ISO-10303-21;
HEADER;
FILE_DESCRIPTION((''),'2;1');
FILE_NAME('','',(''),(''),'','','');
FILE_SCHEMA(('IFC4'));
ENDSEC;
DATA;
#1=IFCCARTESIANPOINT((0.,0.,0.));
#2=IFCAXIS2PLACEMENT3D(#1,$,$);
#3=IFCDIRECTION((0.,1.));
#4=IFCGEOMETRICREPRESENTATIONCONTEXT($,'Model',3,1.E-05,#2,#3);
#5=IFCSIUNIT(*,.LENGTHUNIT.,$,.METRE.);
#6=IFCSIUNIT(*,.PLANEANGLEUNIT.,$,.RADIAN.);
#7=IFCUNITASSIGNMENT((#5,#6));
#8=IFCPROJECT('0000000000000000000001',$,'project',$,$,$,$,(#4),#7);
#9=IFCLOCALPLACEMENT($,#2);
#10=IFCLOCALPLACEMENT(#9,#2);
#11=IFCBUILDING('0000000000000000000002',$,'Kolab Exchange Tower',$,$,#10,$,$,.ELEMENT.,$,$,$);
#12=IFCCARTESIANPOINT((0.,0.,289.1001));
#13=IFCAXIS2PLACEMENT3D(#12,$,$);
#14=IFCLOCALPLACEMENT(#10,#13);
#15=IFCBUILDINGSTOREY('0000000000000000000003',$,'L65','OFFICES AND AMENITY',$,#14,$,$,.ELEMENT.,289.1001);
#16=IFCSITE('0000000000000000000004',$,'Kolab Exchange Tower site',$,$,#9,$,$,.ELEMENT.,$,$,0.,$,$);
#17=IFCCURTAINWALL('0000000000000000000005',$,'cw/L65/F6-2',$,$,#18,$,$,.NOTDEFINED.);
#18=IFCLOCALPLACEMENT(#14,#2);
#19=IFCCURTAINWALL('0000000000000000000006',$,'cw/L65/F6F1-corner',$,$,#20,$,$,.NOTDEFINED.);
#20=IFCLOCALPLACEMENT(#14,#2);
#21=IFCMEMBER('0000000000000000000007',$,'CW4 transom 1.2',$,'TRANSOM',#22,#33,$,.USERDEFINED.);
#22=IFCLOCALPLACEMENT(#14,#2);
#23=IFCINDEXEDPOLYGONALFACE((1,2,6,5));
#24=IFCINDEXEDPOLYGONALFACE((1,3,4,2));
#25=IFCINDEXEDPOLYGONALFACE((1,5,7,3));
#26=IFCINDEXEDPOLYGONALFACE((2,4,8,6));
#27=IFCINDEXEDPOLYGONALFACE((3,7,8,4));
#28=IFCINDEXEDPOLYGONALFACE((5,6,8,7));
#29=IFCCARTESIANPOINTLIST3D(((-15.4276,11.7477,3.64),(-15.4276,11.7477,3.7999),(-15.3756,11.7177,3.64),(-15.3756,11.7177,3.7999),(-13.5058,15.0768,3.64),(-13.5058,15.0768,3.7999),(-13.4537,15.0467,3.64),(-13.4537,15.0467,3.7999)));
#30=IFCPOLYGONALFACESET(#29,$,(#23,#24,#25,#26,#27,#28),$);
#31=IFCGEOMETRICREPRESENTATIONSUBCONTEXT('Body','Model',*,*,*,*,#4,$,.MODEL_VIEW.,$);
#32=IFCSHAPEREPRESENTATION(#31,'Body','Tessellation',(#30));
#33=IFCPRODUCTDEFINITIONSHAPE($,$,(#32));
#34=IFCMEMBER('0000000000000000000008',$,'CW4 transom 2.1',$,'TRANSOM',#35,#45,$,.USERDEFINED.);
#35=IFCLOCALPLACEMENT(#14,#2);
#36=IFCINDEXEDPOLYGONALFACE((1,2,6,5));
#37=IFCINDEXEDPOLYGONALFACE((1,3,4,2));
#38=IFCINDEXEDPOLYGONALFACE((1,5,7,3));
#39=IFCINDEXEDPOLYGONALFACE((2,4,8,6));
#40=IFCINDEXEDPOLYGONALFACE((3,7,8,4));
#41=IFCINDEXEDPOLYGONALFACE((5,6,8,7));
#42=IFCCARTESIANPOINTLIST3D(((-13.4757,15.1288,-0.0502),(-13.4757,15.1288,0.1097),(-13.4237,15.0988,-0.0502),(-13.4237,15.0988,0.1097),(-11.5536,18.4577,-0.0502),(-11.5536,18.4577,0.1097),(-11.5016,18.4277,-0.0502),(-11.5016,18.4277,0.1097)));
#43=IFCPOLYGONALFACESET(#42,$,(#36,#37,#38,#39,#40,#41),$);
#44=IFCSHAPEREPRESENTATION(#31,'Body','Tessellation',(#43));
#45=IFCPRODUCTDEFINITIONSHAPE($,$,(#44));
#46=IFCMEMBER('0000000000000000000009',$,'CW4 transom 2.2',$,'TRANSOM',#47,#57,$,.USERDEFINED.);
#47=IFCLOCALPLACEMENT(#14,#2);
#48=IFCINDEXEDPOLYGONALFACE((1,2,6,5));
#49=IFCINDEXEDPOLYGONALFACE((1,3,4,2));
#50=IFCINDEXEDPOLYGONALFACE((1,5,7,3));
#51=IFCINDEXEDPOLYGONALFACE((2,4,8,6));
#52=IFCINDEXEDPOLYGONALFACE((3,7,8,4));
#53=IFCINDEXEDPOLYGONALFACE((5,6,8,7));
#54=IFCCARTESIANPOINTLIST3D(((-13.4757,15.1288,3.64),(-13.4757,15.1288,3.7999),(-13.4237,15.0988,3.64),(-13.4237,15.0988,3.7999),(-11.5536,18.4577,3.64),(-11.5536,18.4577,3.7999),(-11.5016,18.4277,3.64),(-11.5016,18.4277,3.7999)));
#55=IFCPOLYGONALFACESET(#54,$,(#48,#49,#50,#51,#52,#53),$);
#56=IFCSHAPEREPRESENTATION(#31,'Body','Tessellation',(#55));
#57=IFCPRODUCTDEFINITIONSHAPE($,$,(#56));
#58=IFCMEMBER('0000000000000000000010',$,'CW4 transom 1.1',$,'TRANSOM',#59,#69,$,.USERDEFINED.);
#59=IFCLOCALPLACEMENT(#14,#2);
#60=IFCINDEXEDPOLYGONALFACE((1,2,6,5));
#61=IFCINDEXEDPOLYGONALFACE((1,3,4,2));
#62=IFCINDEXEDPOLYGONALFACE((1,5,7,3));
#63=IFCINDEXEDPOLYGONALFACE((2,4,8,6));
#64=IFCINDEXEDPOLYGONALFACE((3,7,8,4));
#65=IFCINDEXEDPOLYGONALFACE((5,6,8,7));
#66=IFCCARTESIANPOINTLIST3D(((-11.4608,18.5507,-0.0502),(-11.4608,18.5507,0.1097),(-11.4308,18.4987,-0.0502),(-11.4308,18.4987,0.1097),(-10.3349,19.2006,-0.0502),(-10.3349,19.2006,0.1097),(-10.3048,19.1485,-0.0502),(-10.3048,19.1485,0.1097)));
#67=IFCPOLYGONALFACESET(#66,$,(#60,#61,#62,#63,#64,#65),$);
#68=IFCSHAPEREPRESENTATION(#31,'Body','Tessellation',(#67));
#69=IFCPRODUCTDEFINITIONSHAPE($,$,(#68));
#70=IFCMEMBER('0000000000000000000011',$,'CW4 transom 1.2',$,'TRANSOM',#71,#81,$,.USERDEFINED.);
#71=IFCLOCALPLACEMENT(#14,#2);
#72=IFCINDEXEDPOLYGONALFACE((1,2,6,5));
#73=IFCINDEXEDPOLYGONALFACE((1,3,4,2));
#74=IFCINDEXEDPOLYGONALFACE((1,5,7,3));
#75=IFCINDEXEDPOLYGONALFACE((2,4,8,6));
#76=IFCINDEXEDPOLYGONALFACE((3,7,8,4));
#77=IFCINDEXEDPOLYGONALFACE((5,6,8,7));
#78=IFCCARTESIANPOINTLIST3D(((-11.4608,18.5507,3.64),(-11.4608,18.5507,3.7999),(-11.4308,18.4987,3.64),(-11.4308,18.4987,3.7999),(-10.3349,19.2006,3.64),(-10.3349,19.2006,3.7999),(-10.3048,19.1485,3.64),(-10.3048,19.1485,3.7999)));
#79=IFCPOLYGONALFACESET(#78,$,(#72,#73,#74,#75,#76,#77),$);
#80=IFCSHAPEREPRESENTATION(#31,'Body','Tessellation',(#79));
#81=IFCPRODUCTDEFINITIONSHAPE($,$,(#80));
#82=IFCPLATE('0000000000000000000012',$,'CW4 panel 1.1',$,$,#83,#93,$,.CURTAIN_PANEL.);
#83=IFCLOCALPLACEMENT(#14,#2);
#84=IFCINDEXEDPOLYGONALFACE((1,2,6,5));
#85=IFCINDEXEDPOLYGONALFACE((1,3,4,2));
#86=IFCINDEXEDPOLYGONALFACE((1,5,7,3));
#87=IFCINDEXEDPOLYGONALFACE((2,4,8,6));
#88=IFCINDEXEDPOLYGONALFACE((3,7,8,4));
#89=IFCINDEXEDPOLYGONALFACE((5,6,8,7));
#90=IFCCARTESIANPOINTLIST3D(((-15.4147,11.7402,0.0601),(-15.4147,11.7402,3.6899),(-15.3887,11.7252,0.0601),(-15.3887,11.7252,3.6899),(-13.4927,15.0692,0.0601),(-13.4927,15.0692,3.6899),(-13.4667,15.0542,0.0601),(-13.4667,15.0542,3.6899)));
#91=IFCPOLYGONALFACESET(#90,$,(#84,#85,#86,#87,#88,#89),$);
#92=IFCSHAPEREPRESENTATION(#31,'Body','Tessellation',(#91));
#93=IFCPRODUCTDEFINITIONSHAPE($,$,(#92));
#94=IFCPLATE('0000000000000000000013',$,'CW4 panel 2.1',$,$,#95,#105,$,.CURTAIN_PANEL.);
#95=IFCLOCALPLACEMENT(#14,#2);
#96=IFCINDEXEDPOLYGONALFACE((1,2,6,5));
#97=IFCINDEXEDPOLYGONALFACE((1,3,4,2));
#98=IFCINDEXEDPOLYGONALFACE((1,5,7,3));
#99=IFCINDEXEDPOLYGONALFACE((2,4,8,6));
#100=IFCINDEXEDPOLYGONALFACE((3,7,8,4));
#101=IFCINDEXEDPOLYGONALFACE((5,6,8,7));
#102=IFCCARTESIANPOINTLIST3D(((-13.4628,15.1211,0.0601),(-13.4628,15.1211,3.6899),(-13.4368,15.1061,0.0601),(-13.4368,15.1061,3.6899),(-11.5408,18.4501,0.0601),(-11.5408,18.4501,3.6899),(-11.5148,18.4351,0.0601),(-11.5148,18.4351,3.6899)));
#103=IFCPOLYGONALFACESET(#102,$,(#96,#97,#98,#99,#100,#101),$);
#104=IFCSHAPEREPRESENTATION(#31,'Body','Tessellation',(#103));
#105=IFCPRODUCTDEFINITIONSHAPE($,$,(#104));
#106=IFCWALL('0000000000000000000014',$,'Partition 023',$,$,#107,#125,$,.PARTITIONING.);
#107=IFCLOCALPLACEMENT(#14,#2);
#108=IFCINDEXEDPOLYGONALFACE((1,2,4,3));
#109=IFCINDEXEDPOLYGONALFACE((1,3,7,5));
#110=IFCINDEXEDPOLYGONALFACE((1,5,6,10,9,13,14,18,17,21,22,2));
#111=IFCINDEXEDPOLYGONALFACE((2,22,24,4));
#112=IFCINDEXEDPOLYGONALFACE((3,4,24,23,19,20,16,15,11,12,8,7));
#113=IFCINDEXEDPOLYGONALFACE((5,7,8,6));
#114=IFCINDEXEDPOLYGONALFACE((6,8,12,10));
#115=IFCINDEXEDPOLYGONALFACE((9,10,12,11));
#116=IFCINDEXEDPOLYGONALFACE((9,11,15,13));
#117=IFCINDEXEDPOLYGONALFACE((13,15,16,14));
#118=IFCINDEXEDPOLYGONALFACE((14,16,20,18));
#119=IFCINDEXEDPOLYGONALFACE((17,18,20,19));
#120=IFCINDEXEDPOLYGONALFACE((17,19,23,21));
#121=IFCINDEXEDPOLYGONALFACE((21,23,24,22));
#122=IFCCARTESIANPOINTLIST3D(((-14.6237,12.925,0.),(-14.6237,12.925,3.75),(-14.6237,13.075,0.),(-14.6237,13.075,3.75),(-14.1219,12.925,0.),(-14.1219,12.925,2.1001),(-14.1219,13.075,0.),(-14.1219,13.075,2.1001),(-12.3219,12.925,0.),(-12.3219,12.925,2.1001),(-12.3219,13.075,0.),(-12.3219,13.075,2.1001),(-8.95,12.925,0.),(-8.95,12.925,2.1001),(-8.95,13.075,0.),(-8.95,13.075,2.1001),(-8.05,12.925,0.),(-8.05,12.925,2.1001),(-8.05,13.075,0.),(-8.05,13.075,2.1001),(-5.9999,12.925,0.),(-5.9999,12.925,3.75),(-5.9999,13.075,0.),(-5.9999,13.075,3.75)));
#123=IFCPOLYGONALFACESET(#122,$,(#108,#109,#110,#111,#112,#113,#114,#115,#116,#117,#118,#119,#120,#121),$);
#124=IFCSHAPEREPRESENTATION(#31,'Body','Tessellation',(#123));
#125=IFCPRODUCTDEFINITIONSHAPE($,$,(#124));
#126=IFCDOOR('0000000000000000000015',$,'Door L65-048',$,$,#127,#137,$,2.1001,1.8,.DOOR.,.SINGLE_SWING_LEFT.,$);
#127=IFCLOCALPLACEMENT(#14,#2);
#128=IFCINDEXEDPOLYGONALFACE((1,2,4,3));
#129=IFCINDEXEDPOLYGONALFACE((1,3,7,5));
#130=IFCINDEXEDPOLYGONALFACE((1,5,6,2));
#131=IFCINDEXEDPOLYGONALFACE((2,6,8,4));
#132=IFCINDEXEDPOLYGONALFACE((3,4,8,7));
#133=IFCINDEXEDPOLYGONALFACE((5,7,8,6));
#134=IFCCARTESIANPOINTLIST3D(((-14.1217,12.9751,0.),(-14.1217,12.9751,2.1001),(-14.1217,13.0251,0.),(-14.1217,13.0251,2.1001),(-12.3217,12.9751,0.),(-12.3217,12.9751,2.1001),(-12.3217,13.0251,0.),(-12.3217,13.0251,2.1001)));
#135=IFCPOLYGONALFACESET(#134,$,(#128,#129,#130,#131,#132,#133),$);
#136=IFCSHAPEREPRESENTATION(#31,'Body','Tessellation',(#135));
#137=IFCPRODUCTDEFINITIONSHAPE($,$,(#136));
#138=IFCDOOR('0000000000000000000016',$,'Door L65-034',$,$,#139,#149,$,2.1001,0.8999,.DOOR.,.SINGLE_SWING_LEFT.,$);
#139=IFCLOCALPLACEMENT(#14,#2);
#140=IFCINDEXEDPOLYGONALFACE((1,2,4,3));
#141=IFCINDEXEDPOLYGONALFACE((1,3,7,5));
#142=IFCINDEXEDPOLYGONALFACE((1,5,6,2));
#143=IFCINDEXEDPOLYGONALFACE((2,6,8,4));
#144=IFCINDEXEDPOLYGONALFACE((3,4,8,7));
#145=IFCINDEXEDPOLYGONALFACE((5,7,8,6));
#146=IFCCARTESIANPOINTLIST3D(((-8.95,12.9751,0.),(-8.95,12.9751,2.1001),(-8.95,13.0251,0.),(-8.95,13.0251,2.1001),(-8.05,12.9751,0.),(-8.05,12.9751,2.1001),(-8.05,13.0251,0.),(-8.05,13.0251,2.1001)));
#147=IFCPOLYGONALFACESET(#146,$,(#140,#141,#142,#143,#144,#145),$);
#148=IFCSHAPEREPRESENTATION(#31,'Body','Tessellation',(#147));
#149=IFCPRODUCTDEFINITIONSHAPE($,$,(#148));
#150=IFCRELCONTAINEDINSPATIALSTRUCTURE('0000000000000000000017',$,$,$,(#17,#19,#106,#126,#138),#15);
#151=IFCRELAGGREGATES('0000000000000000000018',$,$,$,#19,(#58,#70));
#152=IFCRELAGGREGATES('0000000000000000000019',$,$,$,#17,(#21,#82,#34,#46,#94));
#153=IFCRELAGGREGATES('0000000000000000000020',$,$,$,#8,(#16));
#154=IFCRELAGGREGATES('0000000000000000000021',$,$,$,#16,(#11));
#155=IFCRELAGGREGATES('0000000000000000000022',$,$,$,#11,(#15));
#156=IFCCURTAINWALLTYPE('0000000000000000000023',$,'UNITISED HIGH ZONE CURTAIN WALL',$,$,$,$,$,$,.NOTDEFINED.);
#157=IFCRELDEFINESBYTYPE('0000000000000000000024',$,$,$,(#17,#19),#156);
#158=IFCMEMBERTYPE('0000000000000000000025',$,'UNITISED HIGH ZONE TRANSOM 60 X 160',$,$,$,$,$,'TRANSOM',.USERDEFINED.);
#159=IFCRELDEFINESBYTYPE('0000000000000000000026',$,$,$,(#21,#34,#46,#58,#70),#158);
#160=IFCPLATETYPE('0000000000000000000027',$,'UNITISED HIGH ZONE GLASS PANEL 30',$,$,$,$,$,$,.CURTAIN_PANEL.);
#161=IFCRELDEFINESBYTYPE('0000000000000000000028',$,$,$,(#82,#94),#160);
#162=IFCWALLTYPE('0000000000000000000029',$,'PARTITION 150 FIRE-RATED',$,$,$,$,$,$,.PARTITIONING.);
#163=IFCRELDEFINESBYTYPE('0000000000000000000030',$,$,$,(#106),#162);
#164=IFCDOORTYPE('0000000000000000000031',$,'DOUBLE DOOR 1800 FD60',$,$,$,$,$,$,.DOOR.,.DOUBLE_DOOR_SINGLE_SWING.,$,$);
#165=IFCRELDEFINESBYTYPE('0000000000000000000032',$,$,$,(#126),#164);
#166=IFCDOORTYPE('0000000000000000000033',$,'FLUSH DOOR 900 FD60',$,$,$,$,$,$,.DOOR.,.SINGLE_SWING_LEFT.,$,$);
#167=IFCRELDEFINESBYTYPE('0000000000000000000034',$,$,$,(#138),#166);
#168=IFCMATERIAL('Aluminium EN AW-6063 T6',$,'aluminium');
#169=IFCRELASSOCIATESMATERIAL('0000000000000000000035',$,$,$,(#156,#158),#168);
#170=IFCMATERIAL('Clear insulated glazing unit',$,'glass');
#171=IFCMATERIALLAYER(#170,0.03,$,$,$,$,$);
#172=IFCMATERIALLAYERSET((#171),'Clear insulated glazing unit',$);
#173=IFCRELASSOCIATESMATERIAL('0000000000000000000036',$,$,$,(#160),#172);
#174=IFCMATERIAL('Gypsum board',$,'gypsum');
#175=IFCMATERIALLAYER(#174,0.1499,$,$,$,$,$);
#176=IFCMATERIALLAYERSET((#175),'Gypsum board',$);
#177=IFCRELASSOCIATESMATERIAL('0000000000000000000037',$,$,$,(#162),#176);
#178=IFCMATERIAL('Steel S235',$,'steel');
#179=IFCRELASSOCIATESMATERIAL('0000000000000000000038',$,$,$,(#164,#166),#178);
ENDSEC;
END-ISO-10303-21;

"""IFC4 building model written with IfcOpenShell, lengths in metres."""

from ifc_helpers import new_model, si_unit, direction, frame, frame_2d, origin, origin_2d, place, context, subcontext, project, spatial, rectangle, extrude, material, layer, layer_set, material_profile, profile_set, type_object, element, fill, aggregate, save


model = new_model("IFC4")

# Units and contexts
model_context = context("Model", 3, precision=1e-05, world=origin(), true_north=direction((0.0, 1.0)))
body_context = subcontext(model_context, "Body", "Model", "MODEL_VIEW")
ifc_project = project(units=[si_unit("LENGTHUNIT", "METRE"), si_unit("PLANEANGLEUNIT", "RADIAN")], contexts=[model_context])

# Site, building, storey
site_placement = place(None, origin())
site = spatial("IfcSite", under=ifc_project, at=site_placement, Name="Kolab Exchange Tower site", CompositionType="ELEMENT", RefElevation=0.0)
building_placement = place(site_placement, origin())
building = spatial("IfcBuilding", under=site, at=building_placement, Name="Kolab Exchange Tower", CompositionType="ELEMENT")
storey_placement = place(building_placement, frame((0.0, 0.0, 289.1001)))
storey = spatial("IfcBuildingStorey", under=building, at=storey_placement, Name="L65", Description="OFFICES AND AMENITY", CompositionType="ELEMENT", Elevation=289.1001)

# Curtain wall
ifc_material_1 = material(Name="Aluminium EN AW-6063 T6", Category="aluminium")
curtain_wall_type = type_object("IfcCurtainWallType", Name="UNITISED HIGH ZONE CURTAIN WALL", PredefinedType="NOTDEFINED", material=ifc_material_1)
curtain_wall_1_placement = place(storey_placement, origin())
curtain_wall_1 = element("IfcCurtainWall", 1, at=curtain_wall_1_placement, inside=storey, type_object=curtain_wall_type, Name="cw/L65/F6-2", PredefinedType="NOTDEFINED")

# Curtain wall
curtain_wall_2_placement = place(storey_placement, origin())
curtain_wall_2 = element("IfcCurtainWall", 2, at=curtain_wall_2_placement, inside=storey, type_object=curtain_wall_type, Name="cw/L65/F6F1-corner", PredefinedType="NOTDEFINED")

# Members
ifc_material_profile_1 = material_profile(ifc_material_1, rectangle(XDim=0.0601, YDim=0.1599, at=origin_2d()), Name="RECT 60X160")
ifc_profile_set_1 = profile_set([ifc_material_profile_1], Name="Aluminium EN AW-6063 T6")
member_type_1 = type_object("IfcMemberType", Name="UNITISED HIGH ZONE TRANSOM 60 X 160", ElementType="TRANSOM", PredefinedType="USERDEFINED", material=ifc_profile_set_1)
member_1_placement = place(storey_placement, frame((-15.4016, 11.7327, 3.72), z_axis=(0.499964, 0.866046, 0.0), x_axis=(-0.866046, 0.499964, 0.0)))
member_1 = element("IfcMember", 3, at=member_1_placement, type_object=member_type_1, Name="CW4 transom 1.2", ObjectType="TRANSOM", PredefinedType="USERDEFINED", context=body_context, shape_type="SweptSolid", body=[
    extrude(rectangle(XDim=0.0601, YDim=0.1599, at=origin_2d()), origin(), (0.0, 0.0, 1.0), 3.844),
])
member_2_placement = place(storey_placement, frame((-13.4497, 15.1138, 0.0298), z_axis=(0.500039, 0.866003, 0.0), x_axis=(-0.866003, 0.500039, 0.0)))
member_2 = element("IfcMember", 4, at=member_2_placement, type_object=member_type_1, Name="CW4 transom 2.1", ObjectType="TRANSOM", PredefinedType="USERDEFINED", context=body_context, shape_type="SweptSolid", body=[
    extrude(rectangle(XDim=0.0601, YDim=0.1599, at=origin_2d()), origin(), (0.0, 0.0, 1.0), 3.844),
])
member_3_placement = place(storey_placement, frame((-13.4497, 15.1138, 3.72), z_axis=(0.500039, 0.866003, 0.0), x_axis=(-0.866003, 0.500039, 0.0)))
member_3 = element("IfcMember", 5, at=member_3_placement, type_object=member_type_1, Name="CW4 transom 2.2", ObjectType="TRANSOM", PredefinedType="USERDEFINED", context=body_context, shape_type="SweptSolid", body=[
    extrude(rectangle(XDim=0.0601, YDim=0.1599, at=origin_2d()), origin(), (0.0, 0.0, 1.0), 3.844),
])
member_4_placement = place(storey_placement, frame((-11.4458, 18.5247, 0.0298), z_axis=(0.866086, 0.499896, 0.0), x_axis=(-0.499896, 0.866086, 0.0)))
member_4 = element("IfcMember", 6, at=member_4_placement, type_object=member_type_1, Name="CW4 transom 1.1", ObjectType="TRANSOM", PredefinedType="USERDEFINED", context=body_context, shape_type="SweptSolid", body=[
    extrude(rectangle(XDim=0.0601, YDim=0.1599, at=origin_2d()), origin(), (0.0, 0.0, 1.0), 1.3),
])
member_5_placement = place(storey_placement, frame((-11.4458, 18.5247, 3.72), z_axis=(0.866086, 0.499896, 0.0), x_axis=(-0.499896, 0.866086, 0.0)))
member_5 = element("IfcMember", 7, at=member_5_placement, type_object=member_type_1, Name="CW4 transom 1.2", ObjectType="TRANSOM", PredefinedType="USERDEFINED", context=body_context, shape_type="SweptSolid", body=[
    extrude(rectangle(XDim=0.0601, YDim=0.1599, at=origin_2d()), origin(), (0.0, 0.0, 1.0), 1.3),
])
aggregate(curtain_wall_2, [member_4, member_5])

# Plates
ifc_material_2 = material(Name="Clear insulated glazing unit", Category="glass")
ifc_layer_1 = layer(ifc_material_2, 0.03)
ifc_layer_set_1 = layer_set([ifc_layer_1], Name="Clear insulated glazing unit")
plate_type = type_object("IfcPlateType", Name="UNITISED HIGH ZONE GLASS PANEL 30", PredefinedType="CURTAIN_PANEL", material=ifc_layer_set_1)
plate_1_placement = place(storey_placement, frame((-14.4407, 13.3972, 0.0601), z_axis=(0.0, 0.0, 1.0), x_axis=(0.5, 0.866025, 0.0)))
plate_1 = element("IfcPlate", 8, at=plate_1_placement, type_object=plate_type, Name="CW4 panel 1.1", PredefinedType="CURTAIN_PANEL", context=body_context, shape_type="SweptSolid", body=[
    extrude(rectangle(XDim=3.844, YDim=0.03, at=origin_2d()), origin(), (0.0, 0.0, 1.0), 3.6299),
])
plate_2_placement = place(storey_placement, frame((-12.4888, 16.7781, 0.0601), z_axis=(0.0, 0.0, 1.0), x_axis=(0.5, 0.866025, 0.0)))
plate_2 = element("IfcPlate", 9, at=plate_2_placement, type_object=plate_type, Name="CW4 panel 2.1", PredefinedType="CURTAIN_PANEL", context=body_context, shape_type="SweptSolid", body=[
    extrude(rectangle(XDim=3.844, YDim=0.03, at=origin_2d()), origin(), (0.0, 0.0, 1.0), 3.6299),
])
aggregate(curtain_wall_1, [member_1, plate_1, member_2, member_3, plate_2])

# Wall, openings, doors
ifc_material_3 = material(Name="Gypsum board", Category="gypsum")
ifc_layer_2 = layer(ifc_material_3, 0.1499)
ifc_layer_set_2 = layer_set([ifc_layer_2], Name="Gypsum board")
wall_type = type_object("IfcWallType", Name="PARTITION 150 FIRE-RATED", PredefinedType="PARTITIONING", material=ifc_layer_set_2)
wall_1_placement = place(storey_placement, frame((-14.6238, 13.0, 0.0), z_axis=(0.0, 0.0, 1.0), x_axis=(1.0, 0.0, 0.0)))
wall_1 = element("IfcWall", 10, at=wall_1_placement, inside=storey, type_object=wall_type, Name="Partition 023", PredefinedType="PARTITIONING", context=body_context, shape_type="SweptSolid", body=[
    extrude(rectangle(XDim=8.6238, YDim=0.1499, at=frame_2d((4.312, 0.0))), origin(), (0.0, 0.0, 1.0), 3.75),
])
opening_1_placement = place(wall_1_placement, frame((5.6738, 0.0, 0.0)))
opening_1 = element("IfcOpeningElement", 11, at=opening_1_placement, cuts=wall_1, PredefinedType="OPENING", context=body_context, shape_type="SweptSolid", body=[
    extrude(rectangle(XDim=0.8999, YDim=2.1001, at=frame_2d((0.45, 1.05))), frame((0.0, 0.085, 0.0), z_axis=(0.0, -1.0, 0.0), x_axis=(1.0, 0.0, 0.0)), (0.0, 0.0, 1.0), 0.1699),
])
opening_2_placement = place(wall_1_placement, frame((0.502, 0.0, 0.0)))
opening_2 = element("IfcOpeningElement", 12, at=opening_2_placement, cuts=wall_1, PredefinedType="OPENING", context=body_context, shape_type="SweptSolid", body=[
    extrude(rectangle(XDim=1.8, YDim=2.1001, at=frame_2d((0.8999, 1.05))), frame((0.0, 0.085, 0.0), z_axis=(0.0, -1.0, 0.0), x_axis=(1.0, 0.0, 0.0)), (0.0, 0.0, 1.0), 0.1699),
])
ifc_material_4 = material(Name="Steel S235", Category="steel")
door_type_1 = type_object("IfcDoorType", Name="DOUBLE DOOR 1800 FD60", OperationType="DOUBLE_DOOR_SINGLE_SWING", PredefinedType="DOOR", material=ifc_material_4)
door_1_placement = place(opening_2_placement, frame((1.8, 0.0, 0.0), z_axis=(0.0, 0.0, 1.0), x_axis=(-1.0, 0.0, 0.0)))
door_1 = element("IfcDoor", 13, at=door_1_placement, inside=storey, type_object=door_type_1, Name="Door L65-048", OperationType="SINGLE_SWING_LEFT", OverallHeight=2.1001, OverallWidth=1.8, PredefinedType="DOOR", context=body_context, shape_type="SweptSolid", body=[
    extrude(rectangle(XDim=1.8, YDim=2.1001, at=frame_2d((0.8999, 1.05))), frame((0.0, 0.0249, 0.0), z_axis=(0.0, -1.0, 0.0), x_axis=(1.0, 0.0, 0.0)), (0.0, 0.0, 1.0), 0.05),
])
fill(opening_2, door_1)
door_type_2 = type_object("IfcDoorType", Name="FLUSH DOOR 900 FD60", OperationType="SINGLE_SWING_LEFT", PredefinedType="DOOR", material=ifc_material_4)
door_2_placement = place(opening_1_placement, frame((0.8999, 0.0, 0.0), z_axis=(0.0, 0.0, 1.0), x_axis=(-1.0, 0.0, 0.0)))
door_2 = element("IfcDoor", 14, at=door_2_placement, inside=storey, type_object=door_type_2, Name="Door L65-034", OperationType="SINGLE_SWING_LEFT", OverallHeight=2.1001, OverallWidth=0.8999, PredefinedType="DOOR", context=body_context, shape_type="SweptSolid", body=[
    extrude(rectangle(XDim=0.8999, YDim=2.1001, at=frame_2d((0.45, 1.05))), frame((0.0, 0.0249, 0.0), z_axis=(0.0, -1.0, 0.0), x_axis=(1.0, 0.0, 0.0)), (0.0, 0.0, 1.0), 0.05),
])
fill(opening_1, door_2)

save(model, "model.ifc")
